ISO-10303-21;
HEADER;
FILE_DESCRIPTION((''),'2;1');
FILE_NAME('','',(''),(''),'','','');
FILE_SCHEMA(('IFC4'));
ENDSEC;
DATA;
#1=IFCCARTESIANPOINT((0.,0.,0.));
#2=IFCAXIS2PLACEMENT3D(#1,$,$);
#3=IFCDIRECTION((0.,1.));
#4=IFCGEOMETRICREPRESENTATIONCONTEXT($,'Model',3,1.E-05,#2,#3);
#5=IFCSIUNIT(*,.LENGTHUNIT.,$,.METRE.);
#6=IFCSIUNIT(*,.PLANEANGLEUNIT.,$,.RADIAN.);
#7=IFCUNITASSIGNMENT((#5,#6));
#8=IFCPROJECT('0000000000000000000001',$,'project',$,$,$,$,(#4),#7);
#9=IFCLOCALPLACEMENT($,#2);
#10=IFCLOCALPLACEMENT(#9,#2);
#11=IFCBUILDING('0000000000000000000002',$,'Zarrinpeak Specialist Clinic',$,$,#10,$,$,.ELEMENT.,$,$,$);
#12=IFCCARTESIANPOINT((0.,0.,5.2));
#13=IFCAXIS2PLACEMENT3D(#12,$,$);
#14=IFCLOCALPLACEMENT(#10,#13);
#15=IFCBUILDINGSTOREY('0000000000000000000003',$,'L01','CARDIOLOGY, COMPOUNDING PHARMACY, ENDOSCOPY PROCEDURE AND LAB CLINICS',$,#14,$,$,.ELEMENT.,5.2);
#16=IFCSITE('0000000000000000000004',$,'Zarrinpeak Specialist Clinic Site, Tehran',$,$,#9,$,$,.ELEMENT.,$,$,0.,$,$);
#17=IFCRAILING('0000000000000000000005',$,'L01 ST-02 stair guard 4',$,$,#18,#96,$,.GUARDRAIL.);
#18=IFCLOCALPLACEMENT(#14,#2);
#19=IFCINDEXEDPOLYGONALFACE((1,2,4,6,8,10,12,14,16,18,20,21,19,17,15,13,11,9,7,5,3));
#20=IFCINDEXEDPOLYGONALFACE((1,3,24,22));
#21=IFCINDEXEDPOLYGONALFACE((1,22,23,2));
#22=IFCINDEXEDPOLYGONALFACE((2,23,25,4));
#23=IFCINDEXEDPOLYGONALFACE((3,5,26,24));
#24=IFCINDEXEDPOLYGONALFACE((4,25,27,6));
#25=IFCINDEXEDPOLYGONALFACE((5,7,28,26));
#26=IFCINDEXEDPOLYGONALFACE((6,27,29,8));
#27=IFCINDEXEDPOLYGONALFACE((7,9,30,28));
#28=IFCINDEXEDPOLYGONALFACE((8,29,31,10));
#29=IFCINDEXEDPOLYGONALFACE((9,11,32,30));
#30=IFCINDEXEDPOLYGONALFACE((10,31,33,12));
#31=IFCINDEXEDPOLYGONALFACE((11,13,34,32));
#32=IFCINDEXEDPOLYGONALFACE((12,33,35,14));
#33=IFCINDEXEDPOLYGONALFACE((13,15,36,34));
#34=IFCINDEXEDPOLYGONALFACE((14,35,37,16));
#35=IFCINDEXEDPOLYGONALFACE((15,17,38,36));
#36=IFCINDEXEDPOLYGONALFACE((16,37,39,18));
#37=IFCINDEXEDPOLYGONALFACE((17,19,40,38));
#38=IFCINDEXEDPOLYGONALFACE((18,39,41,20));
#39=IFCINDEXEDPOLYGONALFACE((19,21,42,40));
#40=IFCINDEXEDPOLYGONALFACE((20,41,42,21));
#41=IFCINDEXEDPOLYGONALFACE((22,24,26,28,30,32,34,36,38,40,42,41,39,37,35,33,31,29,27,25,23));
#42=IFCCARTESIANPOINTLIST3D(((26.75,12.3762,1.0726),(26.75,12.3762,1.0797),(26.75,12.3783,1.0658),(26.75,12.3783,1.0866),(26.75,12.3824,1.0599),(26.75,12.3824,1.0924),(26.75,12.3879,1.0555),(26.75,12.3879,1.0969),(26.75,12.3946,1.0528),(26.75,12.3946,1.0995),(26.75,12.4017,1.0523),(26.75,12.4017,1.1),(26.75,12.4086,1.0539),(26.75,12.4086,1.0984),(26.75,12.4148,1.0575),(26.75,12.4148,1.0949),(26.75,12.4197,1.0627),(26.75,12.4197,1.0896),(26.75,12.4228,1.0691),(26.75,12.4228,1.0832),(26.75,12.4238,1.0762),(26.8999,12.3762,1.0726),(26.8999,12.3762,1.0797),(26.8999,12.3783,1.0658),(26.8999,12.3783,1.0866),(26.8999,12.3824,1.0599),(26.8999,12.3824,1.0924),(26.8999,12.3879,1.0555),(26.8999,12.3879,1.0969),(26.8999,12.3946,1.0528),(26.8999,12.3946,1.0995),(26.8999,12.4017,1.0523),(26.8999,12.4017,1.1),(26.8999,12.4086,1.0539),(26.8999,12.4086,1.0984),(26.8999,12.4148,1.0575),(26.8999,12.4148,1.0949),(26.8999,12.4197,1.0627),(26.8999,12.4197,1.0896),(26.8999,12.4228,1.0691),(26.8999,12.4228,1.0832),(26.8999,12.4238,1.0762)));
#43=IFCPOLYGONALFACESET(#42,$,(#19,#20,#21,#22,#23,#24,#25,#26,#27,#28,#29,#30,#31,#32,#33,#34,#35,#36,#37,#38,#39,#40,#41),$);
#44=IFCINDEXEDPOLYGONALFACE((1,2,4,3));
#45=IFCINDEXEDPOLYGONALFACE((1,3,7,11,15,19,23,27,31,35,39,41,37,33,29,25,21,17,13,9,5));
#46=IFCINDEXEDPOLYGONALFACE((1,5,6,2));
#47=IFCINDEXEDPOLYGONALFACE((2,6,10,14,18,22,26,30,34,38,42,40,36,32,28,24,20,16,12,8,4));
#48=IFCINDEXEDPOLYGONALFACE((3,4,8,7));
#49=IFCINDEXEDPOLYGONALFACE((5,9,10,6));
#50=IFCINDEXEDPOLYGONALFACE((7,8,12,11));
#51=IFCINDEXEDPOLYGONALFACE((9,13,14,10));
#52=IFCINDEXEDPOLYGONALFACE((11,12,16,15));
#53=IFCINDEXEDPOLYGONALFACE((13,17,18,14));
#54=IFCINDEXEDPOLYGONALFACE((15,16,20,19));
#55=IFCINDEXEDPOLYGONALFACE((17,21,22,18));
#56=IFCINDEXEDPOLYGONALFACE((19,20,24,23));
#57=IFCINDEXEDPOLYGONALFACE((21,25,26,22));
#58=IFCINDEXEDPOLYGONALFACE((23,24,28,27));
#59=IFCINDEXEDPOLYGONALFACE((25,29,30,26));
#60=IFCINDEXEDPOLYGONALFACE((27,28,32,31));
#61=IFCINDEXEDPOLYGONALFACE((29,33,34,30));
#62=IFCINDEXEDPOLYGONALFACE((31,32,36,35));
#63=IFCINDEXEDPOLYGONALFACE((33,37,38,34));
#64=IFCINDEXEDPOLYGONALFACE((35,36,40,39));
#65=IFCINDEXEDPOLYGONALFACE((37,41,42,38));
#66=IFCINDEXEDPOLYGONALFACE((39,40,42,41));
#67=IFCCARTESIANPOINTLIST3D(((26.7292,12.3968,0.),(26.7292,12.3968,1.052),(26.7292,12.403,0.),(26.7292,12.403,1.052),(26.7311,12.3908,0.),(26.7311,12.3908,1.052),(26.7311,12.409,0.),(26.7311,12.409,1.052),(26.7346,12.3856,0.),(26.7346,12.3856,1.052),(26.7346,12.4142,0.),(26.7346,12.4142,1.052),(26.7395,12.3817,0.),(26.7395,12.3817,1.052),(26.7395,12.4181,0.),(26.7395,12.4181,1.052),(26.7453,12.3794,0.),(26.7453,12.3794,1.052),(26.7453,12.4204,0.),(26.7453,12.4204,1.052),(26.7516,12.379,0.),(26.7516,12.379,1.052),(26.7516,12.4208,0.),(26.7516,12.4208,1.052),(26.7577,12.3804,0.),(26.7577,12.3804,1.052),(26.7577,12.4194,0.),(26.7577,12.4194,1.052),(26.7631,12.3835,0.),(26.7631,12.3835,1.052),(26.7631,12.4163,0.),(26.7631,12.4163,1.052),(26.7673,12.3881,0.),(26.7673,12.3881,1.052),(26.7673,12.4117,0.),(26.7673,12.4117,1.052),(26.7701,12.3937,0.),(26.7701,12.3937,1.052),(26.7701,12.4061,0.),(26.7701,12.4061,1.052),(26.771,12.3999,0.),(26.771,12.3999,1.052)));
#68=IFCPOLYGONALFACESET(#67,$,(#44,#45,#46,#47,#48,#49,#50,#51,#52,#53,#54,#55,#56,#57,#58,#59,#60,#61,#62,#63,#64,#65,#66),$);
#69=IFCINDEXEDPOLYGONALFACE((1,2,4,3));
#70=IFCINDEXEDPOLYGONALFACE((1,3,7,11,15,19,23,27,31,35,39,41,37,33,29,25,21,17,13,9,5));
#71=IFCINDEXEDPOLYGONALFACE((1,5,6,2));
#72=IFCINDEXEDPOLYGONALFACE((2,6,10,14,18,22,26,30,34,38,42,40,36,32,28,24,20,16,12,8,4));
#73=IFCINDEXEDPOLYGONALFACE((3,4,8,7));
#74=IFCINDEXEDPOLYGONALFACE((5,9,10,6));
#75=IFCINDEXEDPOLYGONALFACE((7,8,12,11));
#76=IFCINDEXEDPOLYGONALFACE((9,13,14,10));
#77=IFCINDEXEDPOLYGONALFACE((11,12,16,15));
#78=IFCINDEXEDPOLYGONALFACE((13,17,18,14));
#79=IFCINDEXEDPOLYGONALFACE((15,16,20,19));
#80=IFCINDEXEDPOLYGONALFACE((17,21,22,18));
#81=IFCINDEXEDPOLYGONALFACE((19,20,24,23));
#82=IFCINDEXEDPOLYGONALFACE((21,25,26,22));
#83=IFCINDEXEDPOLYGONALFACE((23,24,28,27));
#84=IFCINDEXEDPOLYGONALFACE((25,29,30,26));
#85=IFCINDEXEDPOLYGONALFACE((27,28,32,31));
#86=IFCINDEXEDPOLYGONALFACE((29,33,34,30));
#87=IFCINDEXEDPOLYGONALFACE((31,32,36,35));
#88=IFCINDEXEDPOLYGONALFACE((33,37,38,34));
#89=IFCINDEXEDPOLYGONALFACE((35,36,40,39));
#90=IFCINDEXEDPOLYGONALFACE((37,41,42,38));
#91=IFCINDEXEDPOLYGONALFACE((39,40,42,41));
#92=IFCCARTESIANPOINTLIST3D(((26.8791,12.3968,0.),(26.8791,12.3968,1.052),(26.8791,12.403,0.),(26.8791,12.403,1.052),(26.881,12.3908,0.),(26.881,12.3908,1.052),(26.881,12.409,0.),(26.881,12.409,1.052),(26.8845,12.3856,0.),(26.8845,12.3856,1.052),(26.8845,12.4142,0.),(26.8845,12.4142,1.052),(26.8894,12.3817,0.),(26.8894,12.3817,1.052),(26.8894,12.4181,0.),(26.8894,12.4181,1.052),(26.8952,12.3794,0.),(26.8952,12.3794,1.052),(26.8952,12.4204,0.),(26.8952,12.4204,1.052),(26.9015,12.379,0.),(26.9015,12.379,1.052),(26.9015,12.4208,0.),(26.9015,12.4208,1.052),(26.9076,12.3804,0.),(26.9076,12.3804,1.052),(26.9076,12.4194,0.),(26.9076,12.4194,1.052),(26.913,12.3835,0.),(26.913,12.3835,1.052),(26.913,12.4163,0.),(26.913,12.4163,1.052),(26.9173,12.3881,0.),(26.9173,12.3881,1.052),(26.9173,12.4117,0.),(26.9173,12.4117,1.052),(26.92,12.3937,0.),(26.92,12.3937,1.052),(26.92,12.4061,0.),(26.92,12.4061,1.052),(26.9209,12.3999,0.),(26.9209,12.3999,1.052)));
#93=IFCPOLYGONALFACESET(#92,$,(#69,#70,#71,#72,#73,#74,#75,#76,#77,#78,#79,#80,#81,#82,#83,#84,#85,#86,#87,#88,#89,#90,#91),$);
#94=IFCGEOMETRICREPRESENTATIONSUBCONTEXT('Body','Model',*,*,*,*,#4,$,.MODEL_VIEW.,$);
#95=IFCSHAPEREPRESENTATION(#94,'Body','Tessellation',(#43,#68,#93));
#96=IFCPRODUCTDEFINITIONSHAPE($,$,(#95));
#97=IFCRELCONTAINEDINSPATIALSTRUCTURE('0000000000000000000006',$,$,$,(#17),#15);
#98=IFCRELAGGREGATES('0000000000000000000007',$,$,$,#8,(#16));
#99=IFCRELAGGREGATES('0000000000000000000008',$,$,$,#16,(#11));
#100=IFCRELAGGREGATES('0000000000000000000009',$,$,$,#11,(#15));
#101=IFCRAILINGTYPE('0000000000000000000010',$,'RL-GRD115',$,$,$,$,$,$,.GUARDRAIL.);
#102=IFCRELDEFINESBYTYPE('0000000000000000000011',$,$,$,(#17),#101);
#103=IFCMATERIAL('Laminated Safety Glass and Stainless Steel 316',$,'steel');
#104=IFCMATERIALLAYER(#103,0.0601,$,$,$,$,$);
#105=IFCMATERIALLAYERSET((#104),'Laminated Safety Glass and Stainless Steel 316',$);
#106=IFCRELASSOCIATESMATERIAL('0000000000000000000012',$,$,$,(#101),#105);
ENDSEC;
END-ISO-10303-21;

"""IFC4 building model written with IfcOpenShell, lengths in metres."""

from ifc_helpers import new_model, si_unit, direction, frame, origin, origin_2d, place, context, subcontext, project, spatial, circle, extrude, material, layer, layer_set, type_object, element, save


model = new_model("IFC4")

# Units and contexts
model_context = context("Model", 3, precision=1e-05, world=origin(), true_north=direction((0.0, 1.0)))
body_context = subcontext(model_context, "Body", "Model", "MODEL_VIEW")
ifc_project = project(units=[si_unit("LENGTHUNIT", "METRE"), si_unit("PLANEANGLEUNIT", "RADIAN")], contexts=[model_context])

# Site, building, storey
site_placement = place(None, origin())
site = spatial("IfcSite", under=ifc_project, at=site_placement, Name="Zarrinpeak Specialist Clinic Site, Tehran", CompositionType="ELEMENT", RefElevation=0.0)
building_placement = place(site_placement, origin())
building = spatial("IfcBuilding", under=site, at=building_placement, Name="Zarrinpeak Specialist Clinic", CompositionType="ELEMENT")
storey_placement = place(building_placement, frame((0.0, 0.0, 5.2)))
storey = spatial("IfcBuildingStorey", under=building, at=storey_placement, Name="L01", Description="CARDIOLOGY, COMPOUNDING PHARMACY, ENDOSCOPY PROCEDURE AND LAB CLINICS", CompositionType="ELEMENT", Elevation=5.2)

# Railing
ifc_material_1 = material(Name="Laminated Safety Glass and Stainless Steel 316", Category="steel")
ifc_layer_1 = layer(ifc_material_1, 0.0601)
ifc_layer_set_1 = layer_set([ifc_layer_1], Name="Laminated Safety Glass and Stainless Steel 316")
railing_type_1 = type_object("IfcRailingType", Name="RL-GRD115", PredefinedType="GUARDRAIL", material=ifc_layer_set_1)
railing_1_placement = place(storey_placement, frame((26.75, 12.3999, 0.0)))
element("IfcRailing", 1, at=railing_1_placement, inside=storey, type_object=railing_type_1, Name="L01 ST-02 stair guard 4", PredefinedType="GUARDRAIL", context=body_context, shape_type="SweptSolid", body=[
    extrude(circle(Radius=0.0239, at=origin_2d()), frame((0.0, 0.0, 1.0762), z_axis=(1.0, 0.0, 0.0), x_axis=(0.0, 1.0, 0.0)), (0.0, 0.0, 1.0), 0.1499),
    extrude(circle(Radius=0.021, at=origin_2d()), origin(), (0.0, 0.0, 1.0), 1.052),
    extrude(circle(Radius=0.021, at=origin_2d()), frame((0.1499, 0.0, 0.0)), (0.0, 0.0, 1.0), 1.052),
])

save(model, "model.ifc")
